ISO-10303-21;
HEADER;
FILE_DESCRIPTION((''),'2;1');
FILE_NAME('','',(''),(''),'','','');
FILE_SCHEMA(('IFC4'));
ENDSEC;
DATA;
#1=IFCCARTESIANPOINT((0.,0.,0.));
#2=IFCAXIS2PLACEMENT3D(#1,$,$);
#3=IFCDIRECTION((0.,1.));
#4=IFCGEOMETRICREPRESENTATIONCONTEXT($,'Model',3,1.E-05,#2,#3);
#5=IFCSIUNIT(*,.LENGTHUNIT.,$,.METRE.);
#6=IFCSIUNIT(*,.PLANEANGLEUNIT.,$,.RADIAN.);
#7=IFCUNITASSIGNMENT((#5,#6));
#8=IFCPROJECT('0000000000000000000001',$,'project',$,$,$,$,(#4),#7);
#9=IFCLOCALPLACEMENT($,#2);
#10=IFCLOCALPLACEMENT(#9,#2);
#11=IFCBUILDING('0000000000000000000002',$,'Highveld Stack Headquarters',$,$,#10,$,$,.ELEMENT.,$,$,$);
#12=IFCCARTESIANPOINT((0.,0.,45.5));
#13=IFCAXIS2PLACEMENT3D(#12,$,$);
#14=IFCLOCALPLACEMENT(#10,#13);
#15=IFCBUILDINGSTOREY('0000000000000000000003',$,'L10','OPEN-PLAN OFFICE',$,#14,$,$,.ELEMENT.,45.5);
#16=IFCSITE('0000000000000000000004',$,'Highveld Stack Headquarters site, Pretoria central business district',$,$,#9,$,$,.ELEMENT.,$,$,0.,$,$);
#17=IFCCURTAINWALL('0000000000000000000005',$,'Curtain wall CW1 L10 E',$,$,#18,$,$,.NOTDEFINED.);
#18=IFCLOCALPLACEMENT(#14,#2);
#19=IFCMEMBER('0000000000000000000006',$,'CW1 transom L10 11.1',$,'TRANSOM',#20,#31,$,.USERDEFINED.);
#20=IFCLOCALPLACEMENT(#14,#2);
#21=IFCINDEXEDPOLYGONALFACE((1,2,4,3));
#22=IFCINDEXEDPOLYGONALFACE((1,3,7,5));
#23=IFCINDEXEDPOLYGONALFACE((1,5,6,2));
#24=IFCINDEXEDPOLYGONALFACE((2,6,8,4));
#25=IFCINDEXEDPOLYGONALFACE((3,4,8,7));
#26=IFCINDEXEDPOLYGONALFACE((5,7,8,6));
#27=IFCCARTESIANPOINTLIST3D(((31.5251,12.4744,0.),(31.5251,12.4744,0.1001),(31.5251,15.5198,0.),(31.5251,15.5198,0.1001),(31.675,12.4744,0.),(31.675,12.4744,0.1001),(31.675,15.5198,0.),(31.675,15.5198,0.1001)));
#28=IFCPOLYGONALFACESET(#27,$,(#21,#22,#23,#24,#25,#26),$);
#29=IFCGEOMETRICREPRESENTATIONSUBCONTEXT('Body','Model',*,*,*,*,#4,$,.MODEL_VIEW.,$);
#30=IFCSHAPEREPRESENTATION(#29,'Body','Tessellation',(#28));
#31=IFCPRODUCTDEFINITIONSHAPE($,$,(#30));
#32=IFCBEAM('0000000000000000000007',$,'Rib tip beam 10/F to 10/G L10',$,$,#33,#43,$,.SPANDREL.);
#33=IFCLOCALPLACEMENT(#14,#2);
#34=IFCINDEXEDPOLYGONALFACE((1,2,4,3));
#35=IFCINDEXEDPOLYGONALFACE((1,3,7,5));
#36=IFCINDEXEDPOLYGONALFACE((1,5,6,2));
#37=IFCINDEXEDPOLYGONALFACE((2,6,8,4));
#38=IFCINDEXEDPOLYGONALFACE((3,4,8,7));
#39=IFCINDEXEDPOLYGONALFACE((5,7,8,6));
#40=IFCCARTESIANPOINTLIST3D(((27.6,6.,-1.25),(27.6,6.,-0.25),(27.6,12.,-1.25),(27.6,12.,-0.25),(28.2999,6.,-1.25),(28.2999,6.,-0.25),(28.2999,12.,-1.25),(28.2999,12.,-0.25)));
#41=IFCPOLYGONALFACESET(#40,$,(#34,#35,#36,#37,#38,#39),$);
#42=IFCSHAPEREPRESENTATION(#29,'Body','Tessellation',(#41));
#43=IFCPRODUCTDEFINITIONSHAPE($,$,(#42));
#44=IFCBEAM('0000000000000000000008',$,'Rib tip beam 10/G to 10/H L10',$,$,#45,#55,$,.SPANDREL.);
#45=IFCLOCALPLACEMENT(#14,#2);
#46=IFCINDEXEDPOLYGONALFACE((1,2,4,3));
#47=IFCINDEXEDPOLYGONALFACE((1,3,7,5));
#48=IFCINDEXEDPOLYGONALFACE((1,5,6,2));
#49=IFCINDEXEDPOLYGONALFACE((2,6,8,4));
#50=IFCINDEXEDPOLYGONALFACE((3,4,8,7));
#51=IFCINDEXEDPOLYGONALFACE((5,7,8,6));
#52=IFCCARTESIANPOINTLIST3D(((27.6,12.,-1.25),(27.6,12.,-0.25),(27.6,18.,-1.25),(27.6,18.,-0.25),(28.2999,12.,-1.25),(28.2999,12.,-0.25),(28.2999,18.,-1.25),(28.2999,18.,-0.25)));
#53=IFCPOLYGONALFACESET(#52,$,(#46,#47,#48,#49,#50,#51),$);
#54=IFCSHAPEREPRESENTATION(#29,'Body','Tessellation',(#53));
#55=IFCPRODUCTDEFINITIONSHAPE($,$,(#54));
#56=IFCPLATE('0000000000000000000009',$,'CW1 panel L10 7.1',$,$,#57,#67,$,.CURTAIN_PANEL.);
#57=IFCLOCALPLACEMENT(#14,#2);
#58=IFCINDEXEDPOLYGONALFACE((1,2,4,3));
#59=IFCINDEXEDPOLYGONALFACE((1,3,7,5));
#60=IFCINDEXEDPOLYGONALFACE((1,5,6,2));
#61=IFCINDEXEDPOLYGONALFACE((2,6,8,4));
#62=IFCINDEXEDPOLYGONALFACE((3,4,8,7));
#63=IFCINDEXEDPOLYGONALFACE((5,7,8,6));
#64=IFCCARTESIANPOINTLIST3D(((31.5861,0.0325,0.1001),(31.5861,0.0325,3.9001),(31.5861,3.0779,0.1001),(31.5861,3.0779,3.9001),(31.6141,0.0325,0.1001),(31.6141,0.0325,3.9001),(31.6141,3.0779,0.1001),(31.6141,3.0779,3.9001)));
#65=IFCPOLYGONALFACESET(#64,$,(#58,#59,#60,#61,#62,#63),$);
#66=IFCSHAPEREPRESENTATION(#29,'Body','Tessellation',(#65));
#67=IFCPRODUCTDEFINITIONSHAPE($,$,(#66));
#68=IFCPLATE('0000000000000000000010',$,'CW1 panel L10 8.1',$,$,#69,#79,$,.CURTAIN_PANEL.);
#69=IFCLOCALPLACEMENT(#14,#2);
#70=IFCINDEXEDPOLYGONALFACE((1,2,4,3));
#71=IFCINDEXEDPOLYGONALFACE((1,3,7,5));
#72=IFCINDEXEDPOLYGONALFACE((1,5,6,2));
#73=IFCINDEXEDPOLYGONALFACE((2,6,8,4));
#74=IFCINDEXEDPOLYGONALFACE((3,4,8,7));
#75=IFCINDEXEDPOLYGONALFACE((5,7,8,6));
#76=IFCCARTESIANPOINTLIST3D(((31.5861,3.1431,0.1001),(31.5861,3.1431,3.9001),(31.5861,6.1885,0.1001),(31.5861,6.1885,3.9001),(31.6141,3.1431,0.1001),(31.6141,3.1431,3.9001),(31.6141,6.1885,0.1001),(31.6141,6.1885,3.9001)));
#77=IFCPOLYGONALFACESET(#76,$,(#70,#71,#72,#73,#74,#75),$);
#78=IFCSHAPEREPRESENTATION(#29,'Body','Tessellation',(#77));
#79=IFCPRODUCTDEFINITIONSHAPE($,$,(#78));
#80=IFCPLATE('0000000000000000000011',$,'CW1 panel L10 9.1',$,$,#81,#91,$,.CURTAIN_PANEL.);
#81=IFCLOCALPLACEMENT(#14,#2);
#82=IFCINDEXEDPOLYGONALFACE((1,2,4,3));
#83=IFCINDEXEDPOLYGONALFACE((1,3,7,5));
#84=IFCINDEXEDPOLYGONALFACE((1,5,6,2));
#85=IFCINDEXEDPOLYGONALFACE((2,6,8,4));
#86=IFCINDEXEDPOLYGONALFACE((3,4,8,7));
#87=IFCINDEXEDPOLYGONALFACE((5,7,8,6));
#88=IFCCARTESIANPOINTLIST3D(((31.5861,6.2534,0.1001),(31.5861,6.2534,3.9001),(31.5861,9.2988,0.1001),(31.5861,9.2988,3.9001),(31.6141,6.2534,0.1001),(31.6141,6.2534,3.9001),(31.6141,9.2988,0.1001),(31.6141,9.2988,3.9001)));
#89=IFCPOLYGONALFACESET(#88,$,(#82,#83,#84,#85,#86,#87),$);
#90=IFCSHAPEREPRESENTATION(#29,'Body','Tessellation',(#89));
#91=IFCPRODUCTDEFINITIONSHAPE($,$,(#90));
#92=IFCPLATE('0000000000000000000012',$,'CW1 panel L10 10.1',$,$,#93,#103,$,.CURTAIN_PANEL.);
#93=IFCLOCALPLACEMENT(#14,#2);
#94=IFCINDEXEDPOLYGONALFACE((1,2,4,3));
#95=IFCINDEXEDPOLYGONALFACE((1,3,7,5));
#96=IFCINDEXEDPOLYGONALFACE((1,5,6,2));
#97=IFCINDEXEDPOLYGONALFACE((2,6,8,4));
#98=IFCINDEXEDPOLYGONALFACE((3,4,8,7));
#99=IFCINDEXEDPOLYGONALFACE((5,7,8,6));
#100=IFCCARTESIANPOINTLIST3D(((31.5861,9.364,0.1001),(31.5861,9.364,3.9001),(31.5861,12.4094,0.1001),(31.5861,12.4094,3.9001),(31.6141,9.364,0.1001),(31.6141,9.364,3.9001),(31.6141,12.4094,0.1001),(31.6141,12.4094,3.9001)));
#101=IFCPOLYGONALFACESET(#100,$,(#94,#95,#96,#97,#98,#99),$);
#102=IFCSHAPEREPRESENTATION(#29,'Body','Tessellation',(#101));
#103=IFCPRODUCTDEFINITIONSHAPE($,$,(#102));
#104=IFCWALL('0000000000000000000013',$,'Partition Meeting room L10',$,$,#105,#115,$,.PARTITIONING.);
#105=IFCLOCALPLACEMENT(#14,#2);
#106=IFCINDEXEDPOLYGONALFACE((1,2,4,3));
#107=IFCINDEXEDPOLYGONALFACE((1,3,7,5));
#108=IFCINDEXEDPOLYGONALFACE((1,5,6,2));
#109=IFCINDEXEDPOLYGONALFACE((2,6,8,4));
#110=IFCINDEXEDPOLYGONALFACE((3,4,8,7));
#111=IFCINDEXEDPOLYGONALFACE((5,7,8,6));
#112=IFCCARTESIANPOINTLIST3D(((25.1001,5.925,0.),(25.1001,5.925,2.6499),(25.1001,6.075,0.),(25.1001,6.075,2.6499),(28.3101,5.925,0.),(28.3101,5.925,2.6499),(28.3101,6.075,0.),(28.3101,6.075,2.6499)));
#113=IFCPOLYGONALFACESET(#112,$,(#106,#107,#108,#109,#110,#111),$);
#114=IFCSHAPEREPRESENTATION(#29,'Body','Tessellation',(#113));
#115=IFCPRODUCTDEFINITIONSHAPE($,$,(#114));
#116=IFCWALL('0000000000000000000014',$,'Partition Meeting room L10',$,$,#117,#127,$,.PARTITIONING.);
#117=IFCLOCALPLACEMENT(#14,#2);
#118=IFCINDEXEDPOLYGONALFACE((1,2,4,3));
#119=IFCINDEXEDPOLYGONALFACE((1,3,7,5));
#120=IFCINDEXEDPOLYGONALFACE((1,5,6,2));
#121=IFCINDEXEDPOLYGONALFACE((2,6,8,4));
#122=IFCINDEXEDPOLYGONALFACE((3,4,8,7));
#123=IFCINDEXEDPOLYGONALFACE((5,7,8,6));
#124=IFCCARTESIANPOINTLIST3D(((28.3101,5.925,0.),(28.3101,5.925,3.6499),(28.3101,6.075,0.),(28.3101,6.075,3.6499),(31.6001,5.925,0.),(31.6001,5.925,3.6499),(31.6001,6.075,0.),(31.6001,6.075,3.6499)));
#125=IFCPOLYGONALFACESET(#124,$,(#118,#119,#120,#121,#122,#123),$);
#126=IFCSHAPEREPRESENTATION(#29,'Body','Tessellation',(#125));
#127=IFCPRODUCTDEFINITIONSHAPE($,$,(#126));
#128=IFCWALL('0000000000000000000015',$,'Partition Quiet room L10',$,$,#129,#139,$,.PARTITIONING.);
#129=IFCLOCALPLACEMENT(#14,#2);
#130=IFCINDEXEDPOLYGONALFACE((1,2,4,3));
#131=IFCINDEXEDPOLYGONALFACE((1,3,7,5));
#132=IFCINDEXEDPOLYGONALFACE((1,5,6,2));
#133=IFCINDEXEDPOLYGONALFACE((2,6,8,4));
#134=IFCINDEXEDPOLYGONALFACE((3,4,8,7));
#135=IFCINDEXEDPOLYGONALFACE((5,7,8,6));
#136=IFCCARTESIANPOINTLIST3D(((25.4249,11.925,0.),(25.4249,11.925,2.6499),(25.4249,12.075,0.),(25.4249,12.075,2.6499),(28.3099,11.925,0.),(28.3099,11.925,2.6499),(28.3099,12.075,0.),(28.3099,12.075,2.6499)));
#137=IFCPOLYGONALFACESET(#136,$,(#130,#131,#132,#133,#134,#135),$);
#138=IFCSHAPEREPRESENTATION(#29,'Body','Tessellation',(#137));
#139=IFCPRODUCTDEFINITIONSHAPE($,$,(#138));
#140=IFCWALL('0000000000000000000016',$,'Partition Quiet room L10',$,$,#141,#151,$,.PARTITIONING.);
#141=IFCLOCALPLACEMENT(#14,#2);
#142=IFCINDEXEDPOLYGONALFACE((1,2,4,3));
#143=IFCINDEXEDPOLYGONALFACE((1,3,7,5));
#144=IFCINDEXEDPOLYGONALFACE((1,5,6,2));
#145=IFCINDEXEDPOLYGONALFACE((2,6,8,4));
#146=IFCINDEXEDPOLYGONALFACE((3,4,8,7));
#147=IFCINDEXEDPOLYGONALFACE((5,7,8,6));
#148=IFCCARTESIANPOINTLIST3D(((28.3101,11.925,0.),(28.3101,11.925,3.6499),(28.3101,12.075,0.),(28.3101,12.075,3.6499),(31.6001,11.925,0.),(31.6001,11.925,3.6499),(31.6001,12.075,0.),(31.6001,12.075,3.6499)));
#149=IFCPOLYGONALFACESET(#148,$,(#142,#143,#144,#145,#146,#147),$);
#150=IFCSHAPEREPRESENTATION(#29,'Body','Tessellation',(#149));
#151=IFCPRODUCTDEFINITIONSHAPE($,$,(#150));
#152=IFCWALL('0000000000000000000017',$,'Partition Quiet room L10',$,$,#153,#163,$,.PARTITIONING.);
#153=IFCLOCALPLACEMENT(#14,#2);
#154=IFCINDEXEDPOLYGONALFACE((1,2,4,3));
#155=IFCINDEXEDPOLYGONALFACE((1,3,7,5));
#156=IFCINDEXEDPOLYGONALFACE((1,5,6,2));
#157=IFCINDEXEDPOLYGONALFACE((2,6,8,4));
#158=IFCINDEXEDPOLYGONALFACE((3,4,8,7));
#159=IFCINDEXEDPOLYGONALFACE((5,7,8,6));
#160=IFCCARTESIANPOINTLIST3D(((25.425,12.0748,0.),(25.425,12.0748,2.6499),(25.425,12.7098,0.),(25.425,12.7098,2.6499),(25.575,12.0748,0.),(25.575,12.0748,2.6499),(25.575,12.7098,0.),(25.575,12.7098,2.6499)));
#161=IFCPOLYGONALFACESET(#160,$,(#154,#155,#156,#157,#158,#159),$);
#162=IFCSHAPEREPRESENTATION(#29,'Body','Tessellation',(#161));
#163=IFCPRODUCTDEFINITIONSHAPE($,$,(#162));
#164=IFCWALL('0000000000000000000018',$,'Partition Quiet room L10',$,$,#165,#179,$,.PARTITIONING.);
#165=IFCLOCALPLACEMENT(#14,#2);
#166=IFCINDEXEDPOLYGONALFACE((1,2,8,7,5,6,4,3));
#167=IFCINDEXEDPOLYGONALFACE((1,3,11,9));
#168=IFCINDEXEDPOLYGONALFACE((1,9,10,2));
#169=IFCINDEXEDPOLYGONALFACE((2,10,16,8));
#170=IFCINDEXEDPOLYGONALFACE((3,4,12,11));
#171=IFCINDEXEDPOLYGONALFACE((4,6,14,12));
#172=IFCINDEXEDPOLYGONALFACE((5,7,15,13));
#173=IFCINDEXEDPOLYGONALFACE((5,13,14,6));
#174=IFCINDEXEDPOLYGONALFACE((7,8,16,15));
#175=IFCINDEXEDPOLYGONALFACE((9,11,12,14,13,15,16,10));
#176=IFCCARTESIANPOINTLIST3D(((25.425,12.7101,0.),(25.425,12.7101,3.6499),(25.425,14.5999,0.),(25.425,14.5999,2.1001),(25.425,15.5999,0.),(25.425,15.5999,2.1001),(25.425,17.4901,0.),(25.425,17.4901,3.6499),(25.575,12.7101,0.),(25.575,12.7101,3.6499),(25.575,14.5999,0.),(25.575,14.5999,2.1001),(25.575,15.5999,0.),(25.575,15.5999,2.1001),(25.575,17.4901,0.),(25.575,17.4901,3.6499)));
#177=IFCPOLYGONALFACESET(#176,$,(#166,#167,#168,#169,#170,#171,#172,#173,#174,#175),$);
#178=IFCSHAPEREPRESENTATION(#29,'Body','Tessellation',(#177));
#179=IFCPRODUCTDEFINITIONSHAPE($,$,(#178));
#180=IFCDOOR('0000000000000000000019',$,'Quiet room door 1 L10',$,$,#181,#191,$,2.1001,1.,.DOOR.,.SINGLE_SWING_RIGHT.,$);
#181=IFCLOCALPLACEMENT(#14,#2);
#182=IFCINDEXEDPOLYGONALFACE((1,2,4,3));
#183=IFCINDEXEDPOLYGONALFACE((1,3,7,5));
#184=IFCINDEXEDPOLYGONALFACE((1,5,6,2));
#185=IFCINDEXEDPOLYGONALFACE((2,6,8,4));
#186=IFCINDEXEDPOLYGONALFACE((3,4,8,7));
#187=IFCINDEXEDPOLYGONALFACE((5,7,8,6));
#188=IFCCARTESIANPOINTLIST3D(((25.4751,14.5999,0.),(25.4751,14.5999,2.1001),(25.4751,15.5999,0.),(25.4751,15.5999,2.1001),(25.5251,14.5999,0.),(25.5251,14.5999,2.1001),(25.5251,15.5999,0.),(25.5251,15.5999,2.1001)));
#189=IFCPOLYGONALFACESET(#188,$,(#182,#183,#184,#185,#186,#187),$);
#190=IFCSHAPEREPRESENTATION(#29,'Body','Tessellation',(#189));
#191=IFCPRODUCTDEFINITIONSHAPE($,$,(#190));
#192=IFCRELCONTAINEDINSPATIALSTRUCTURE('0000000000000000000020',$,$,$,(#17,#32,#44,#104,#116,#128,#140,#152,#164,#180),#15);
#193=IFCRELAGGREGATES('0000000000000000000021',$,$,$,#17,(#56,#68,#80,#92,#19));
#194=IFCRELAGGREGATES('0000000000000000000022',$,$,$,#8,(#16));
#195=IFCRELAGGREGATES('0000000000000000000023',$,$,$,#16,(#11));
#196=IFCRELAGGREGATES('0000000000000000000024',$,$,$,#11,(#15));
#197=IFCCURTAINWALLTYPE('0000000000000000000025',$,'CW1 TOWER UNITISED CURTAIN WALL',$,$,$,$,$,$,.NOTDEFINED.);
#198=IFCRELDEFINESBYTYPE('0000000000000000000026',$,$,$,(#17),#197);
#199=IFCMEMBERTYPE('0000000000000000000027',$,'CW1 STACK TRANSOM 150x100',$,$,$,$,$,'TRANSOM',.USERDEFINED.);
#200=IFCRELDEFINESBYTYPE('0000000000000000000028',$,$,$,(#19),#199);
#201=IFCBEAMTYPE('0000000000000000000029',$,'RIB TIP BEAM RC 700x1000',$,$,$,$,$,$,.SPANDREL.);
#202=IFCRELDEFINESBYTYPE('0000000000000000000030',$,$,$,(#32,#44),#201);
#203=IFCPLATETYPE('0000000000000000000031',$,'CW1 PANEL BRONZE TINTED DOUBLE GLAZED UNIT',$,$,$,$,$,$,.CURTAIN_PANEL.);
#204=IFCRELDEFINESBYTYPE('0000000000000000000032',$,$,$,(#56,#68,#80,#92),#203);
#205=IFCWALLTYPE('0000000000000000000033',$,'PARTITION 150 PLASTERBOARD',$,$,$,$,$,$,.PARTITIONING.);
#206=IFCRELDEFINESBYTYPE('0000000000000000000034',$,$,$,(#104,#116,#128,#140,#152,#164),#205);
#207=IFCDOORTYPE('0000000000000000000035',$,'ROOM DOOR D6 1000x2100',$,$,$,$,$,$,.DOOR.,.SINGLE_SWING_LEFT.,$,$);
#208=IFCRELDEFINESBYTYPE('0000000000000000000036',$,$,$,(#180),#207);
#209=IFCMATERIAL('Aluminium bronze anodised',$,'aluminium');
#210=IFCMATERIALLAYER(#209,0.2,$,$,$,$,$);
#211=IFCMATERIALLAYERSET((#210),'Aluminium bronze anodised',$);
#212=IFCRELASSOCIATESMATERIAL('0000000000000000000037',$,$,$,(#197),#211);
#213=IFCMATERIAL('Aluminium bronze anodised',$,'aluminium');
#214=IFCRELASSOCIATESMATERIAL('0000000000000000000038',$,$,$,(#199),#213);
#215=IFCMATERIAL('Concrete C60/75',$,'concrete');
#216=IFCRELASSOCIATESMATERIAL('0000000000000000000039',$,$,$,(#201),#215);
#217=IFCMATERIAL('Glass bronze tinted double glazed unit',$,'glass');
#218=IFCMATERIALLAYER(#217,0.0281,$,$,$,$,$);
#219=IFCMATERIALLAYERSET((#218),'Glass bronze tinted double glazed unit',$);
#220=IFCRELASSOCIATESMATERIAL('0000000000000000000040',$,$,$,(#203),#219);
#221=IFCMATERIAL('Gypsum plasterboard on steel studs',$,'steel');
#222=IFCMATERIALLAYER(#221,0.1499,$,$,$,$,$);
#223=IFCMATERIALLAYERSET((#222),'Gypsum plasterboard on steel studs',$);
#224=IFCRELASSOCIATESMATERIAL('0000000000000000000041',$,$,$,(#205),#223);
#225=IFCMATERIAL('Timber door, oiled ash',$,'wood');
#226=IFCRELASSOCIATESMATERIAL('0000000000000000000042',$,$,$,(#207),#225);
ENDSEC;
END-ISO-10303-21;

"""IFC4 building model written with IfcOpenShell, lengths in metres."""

from ifc_helpers import new_model, si_unit, direction, frame, frame_2d, origin, origin_2d, place, context, subcontext, project, spatial, rectangle, extrude, material, layer, layer_set, material_profile, profile_set, type_object, element, fill, aggregate, save


model = new_model("IFC4")

# Units and contexts
model_context = context("Model", 3, precision=1e-05, world=origin(), true_north=direction((0.0, 1.0)))
body_context = subcontext(model_context, "Body", "Model", "MODEL_VIEW")
ifc_project = project(units=[si_unit("LENGTHUNIT", "METRE"), si_unit("PLANEANGLEUNIT", "RADIAN")], contexts=[model_context])

# Site, building, storey
site_placement = place(None, origin())
site = spatial("IfcSite", under=ifc_project, at=site_placement, Name="Highveld Stack Headquarters site, Pretoria central business district", CompositionType="ELEMENT", RefElevation=0.0)
building_placement = place(site_placement, origin())
building = spatial("IfcBuilding", under=site, at=building_placement, Name="Highveld Stack Headquarters", CompositionType="ELEMENT")
storey_placement = place(building_placement, frame((0.0, 0.0, 45.5)))
storey = spatial("IfcBuildingStorey", under=building, at=storey_placement, Name="L10", Description="OPEN-PLAN OFFICE", CompositionType="ELEMENT", Elevation=45.5)

# Curtain wall, member
ifc_material_1 = material(Name="Aluminium bronze anodised", Category="aluminium")
ifc_layer_1 = layer(ifc_material_1, 0.2)
ifc_layer_set_1 = layer_set([ifc_layer_1], Name="Aluminium bronze anodised")
curtain_wall_type = type_object("IfcCurtainWallType", Name="CW1 TOWER UNITISED CURTAIN WALL", PredefinedType="NOTDEFINED", material=ifc_layer_set_1)
curtain_wall_placement = place(storey_placement, origin())
curtain_wall = element("IfcCurtainWall", 1, at=curtain_wall_placement, inside=storey, type_object=curtain_wall_type, Name="Curtain wall CW1 L10 E", PredefinedType="NOTDEFINED")
ifc_material_2 = material(Name="Aluminium bronze anodised", Category="aluminium")
ifc_material_profile_1 = material_profile(ifc_material_2, rectangle(XDim=0.1499, YDim=0.1001, at=origin_2d()), Name="CW1 TRANSOM 150x100")
ifc_profile_set_1 = profile_set([ifc_material_profile_1], Name="Aluminium bronze anodised")
member_type_1 = type_object("IfcMemberType", Name="CW1 STACK TRANSOM 150x100", ElementType="TRANSOM", PredefinedType="USERDEFINED", material=ifc_profile_set_1)
member_1_placement = place(storey_placement, frame((31.6001, 12.4744, 0.05), z_axis=(0.0, 1.0, 0.0), x_axis=(-1.0, 0.0, 0.0)))
member_1 = element("IfcMember", 2, at=member_1_placement, type_object=member_type_1, Name="CW1 transom L10 11.1", ObjectType="TRANSOM", PredefinedType="USERDEFINED", context=body_context, shape_type="SweptSolid", body=[
    extrude(rectangle(XDim=0.1499, YDim=0.1001, at=origin_2d()), origin(), (0.0, 0.0, 1.0), 3.0454),
])

# Beams
ifc_material_3 = material(Name="Concrete C60/75", Category="concrete")
ifc_material_profile_2 = material_profile(ifc_material_3, rectangle(XDim=0.7, YDim=1.0, at=origin_2d()), Name="RC 700x1000")
ifc_profile_set_2 = profile_set([ifc_material_profile_2], Name="Concrete C60/75")
beam_type_1 = type_object("IfcBeamType", Name="RIB TIP BEAM RC 700x1000", PredefinedType="SPANDREL", material=ifc_profile_set_2)
for number, where, z_axis, x_axis, name in (
    (3, (27.95, 6.0, -0.75), (0.0, 1.0, 0.0), (-1.0, 0.0, 0.0), "Rib tip beam 10/F to 10/G L10"),
    (4, (27.95, 12.0, -0.75), (0.0, 1.0, 0.0), (-1.0, 0.0, 0.0), "Rib tip beam 10/G to 10/H L10"),
):
    element("IfcBeam", number, at=place(storey_placement, frame(where, z_axis=z_axis, x_axis=x_axis)), inside=storey, type_object=beam_type_1, Name=name, PredefinedType="SPANDREL", context=body_context, shape_type="SweptSolid", body=[
        extrude(rectangle(XDim=0.7, YDim=1.0, at=origin_2d()), origin(), (0.0, 0.0, 1.0), 6.0),
    ])

# Plates
ifc_material_4 = material(Name="Glass bronze tinted double glazed unit", Category="glass")
ifc_layer_2 = layer(ifc_material_4, 0.0281)
ifc_layer_set_2 = layer_set([ifc_layer_2], Name="Glass bronze tinted double glazed unit")
plate_type = type_object("IfcPlateType", Name="CW1 PANEL BRONZE TINTED DOUBLE GLAZED UNIT", PredefinedType="CURTAIN_PANEL", material=ifc_layer_set_2)
plate_1_placement = place(storey_placement, frame((31.6001, 1.5552, 0.1001), z_axis=(0.0, 0.0, 1.0), x_axis=(0.0, 1.0, 0.0)))
plate_1 = element("IfcPlate", 5, at=plate_1_placement, type_object=plate_type, Name="CW1 panel L10 7.1", PredefinedType="CURTAIN_PANEL", context=body_context, shape_type="SweptSolid", body=[
    extrude(rectangle(XDim=3.0454, YDim=0.0281, at=origin_2d()), origin(), (0.0, 0.0, 1.0), 3.8),
])
plate_2_placement = place(storey_placement, frame((31.6001, 4.6658, 0.1001), z_axis=(0.0, 0.0, 1.0), x_axis=(0.0, 1.0, 0.0)))
plate_2 = element("IfcPlate", 6, at=plate_2_placement, type_object=plate_type, Name="CW1 panel L10 8.1", PredefinedType="CURTAIN_PANEL", context=body_context, shape_type="SweptSolid", body=[
    extrude(rectangle(XDim=3.0454, YDim=0.0281, at=origin_2d()), origin(), (0.0, 0.0, 1.0), 3.8),
])
plate_3_placement = place(storey_placement, frame((31.6001, 7.7761, 0.1001), z_axis=(0.0, 0.0, 1.0), x_axis=(0.0, 1.0, 0.0)))
plate_3 = element("IfcPlate", 7, at=plate_3_placement, type_object=plate_type, Name="CW1 panel L10 9.1", PredefinedType="CURTAIN_PANEL", context=body_context, shape_type="SweptSolid", body=[
    extrude(rectangle(XDim=3.0454, YDim=0.0281, at=origin_2d()), origin(), (0.0, 0.0, 1.0), 3.8),
])
plate_4_placement = place(storey_placement, frame((31.6001, 10.8867, 0.1001), z_axis=(0.0, 0.0, 1.0), x_axis=(0.0, 1.0, 0.0)))
plate_4 = element("IfcPlate", 8, at=plate_4_placement, type_object=plate_type, Name="CW1 panel L10 10.1", PredefinedType="CURTAIN_PANEL", context=body_context, shape_type="SweptSolid", body=[
    extrude(rectangle(XDim=3.0454, YDim=0.0281, at=origin_2d()), origin(), (0.0, 0.0, 1.0), 3.8),
])
aggregate(curtain_wall, [plate_1, plate_2, plate_3, plate_4, member_1])

# Walls
ifc_material_5 = material(Name="Gypsum plasterboard on steel studs", Category="steel")
ifc_layer_3 = layer(ifc_material_5, 0.1499)
ifc_layer_set_3 = layer_set([ifc_layer_3], Name="Gypsum plasterboard on steel studs")
wall_type = type_object("IfcWallType", Name="PARTITION 150 PLASTERBOARD", PredefinedType="PARTITIONING", material=ifc_layer_set_3)
wall_1_placement = place(storey_placement, frame((25.1001, 6.0, 0.0), z_axis=(0.0, 0.0, 1.0), x_axis=(1.0, 0.0, 0.0)))
element("IfcWall", 9, at=wall_1_placement, inside=storey, type_object=wall_type, Name="Partition Meeting room L10", PredefinedType="PARTITIONING", context=body_context, shape_type="SweptSolid", body=[
    extrude(rectangle(XDim=3.21, YDim=0.1499, at=frame_2d((1.605, 0.0))), origin(), (0.0, 0.0, 1.0), 2.6499),
])
wall_2_placement = place(storey_placement, frame((28.3101, 6.0, 0.0), z_axis=(0.0, 0.0, 1.0), x_axis=(1.0, 0.0, 0.0)))
element("IfcWall", 10, at=wall_2_placement, inside=storey, type_object=wall_type, Name="Partition Meeting room L10", PredefinedType="PARTITIONING", context=body_context, shape_type="SweptSolid", body=[
    extrude(rectangle(XDim=3.29, YDim=0.1499, at=frame_2d((1.645, 0.0))), origin(), (0.0, 0.0, 1.0), 3.6499),
])
wall_3_placement = place(storey_placement, frame((25.425, 12.0, 0.0), z_axis=(0.0, 0.0, 1.0), x_axis=(1.0, 0.0, 0.0)))
element("IfcWall", 11, at=wall_3_placement, inside=storey, type_object=wall_type, Name="Partition Quiet room L10", PredefinedType="PARTITIONING", context=body_context, shape_type="SweptSolid", body=[
    extrude(rectangle(XDim=2.885, YDim=0.1499, at=frame_2d((1.4424, 0.0))), origin(), (0.0, 0.0, 1.0), 2.6499),
])
wall_4_placement = place(storey_placement, frame((28.3101, 12.0, 0.0), z_axis=(0.0, 0.0, 1.0), x_axis=(1.0, 0.0, 0.0)))
element("IfcWall", 12, at=wall_4_placement, inside=storey, type_object=wall_type, Name="Partition Quiet room L10", PredefinedType="PARTITIONING", context=body_context, shape_type="SweptSolid", body=[
    extrude(rectangle(XDim=3.29, YDim=0.1499, at=frame_2d((1.645, 0.0))), origin(), (0.0, 0.0, 1.0), 3.6499),
])
wall_5_placement = place(storey_placement, frame((25.5, 12.075, 0.0), z_axis=(0.0, 0.0, 1.0), x_axis=(0.0, 1.0, 0.0)))
element("IfcWall", 13, at=wall_5_placement, inside=storey, type_object=wall_type, Name="Partition Quiet room L10", PredefinedType="PARTITIONING", context=body_context, shape_type="SweptSolid", body=[
    extrude(rectangle(XDim=0.635, YDim=0.1499, at=frame_2d((0.3174, 0.0))), origin(), (0.0, 0.0, 1.0), 2.6499),
])

# Wall, opening, door
wall_6_placement = place(storey_placement, frame((25.5, 12.71, 0.0), z_axis=(0.0, 0.0, 1.0), x_axis=(0.0, 1.0, 0.0)))
wall_6 = element("IfcWall", 14, at=wall_6_placement, inside=storey, type_object=wall_type, Name="Partition Quiet room L10", PredefinedType="PARTITIONING", context=body_context, shape_type="SweptSolid", body=[
    extrude(rectangle(XDim=4.78, YDim=0.1499, at=frame_2d((2.3901, 0.0))), origin(), (0.0, 0.0, 1.0), 3.6499),
])
opening_placement = place(wall_6_placement, frame((1.8899, 0.0, 0.0)))
opening = element("IfcOpeningElement", 15, at=opening_placement, cuts=wall_6, PredefinedType="OPENING", context=body_context, shape_type="SweptSolid", body=[
    extrude(rectangle(XDim=1.0, YDim=2.1001, at=frame_2d((0.5, 1.05))), frame((0.0, 0.085, 0.0), z_axis=(0.0, -1.0, 0.0), x_axis=(1.0, 0.0, 0.0)), (0.0, 0.0, 1.0), 0.1699),
])
ifc_material_6 = material(Name="Timber door, oiled ash", Category="wood")
door_type = type_object("IfcDoorType", Name="ROOM DOOR D6 1000x2100", OperationType="SINGLE_SWING_LEFT", PredefinedType="DOOR", material=ifc_material_6)
door_placement = place(opening_placement, origin())
door = element("IfcDoor", 16, at=door_placement, inside=storey, type_object=door_type, Name="Quiet room door 1 L10", OperationType="SINGLE_SWING_RIGHT", OverallHeight=2.1001, OverallWidth=1.0, PredefinedType="DOOR", context=body_context, shape_type="SweptSolid", body=[
    extrude(rectangle(XDim=1.0, YDim=2.1001, at=frame_2d((0.5, 1.05))), frame((0.0, 0.0249, 0.0), z_axis=(0.0, -1.0, 0.0), x_axis=(1.0, 0.0, 0.0)), (0.0, 0.0, 1.0), 0.05),
])
fill(opening, door)

save(model, "model.ifc")
